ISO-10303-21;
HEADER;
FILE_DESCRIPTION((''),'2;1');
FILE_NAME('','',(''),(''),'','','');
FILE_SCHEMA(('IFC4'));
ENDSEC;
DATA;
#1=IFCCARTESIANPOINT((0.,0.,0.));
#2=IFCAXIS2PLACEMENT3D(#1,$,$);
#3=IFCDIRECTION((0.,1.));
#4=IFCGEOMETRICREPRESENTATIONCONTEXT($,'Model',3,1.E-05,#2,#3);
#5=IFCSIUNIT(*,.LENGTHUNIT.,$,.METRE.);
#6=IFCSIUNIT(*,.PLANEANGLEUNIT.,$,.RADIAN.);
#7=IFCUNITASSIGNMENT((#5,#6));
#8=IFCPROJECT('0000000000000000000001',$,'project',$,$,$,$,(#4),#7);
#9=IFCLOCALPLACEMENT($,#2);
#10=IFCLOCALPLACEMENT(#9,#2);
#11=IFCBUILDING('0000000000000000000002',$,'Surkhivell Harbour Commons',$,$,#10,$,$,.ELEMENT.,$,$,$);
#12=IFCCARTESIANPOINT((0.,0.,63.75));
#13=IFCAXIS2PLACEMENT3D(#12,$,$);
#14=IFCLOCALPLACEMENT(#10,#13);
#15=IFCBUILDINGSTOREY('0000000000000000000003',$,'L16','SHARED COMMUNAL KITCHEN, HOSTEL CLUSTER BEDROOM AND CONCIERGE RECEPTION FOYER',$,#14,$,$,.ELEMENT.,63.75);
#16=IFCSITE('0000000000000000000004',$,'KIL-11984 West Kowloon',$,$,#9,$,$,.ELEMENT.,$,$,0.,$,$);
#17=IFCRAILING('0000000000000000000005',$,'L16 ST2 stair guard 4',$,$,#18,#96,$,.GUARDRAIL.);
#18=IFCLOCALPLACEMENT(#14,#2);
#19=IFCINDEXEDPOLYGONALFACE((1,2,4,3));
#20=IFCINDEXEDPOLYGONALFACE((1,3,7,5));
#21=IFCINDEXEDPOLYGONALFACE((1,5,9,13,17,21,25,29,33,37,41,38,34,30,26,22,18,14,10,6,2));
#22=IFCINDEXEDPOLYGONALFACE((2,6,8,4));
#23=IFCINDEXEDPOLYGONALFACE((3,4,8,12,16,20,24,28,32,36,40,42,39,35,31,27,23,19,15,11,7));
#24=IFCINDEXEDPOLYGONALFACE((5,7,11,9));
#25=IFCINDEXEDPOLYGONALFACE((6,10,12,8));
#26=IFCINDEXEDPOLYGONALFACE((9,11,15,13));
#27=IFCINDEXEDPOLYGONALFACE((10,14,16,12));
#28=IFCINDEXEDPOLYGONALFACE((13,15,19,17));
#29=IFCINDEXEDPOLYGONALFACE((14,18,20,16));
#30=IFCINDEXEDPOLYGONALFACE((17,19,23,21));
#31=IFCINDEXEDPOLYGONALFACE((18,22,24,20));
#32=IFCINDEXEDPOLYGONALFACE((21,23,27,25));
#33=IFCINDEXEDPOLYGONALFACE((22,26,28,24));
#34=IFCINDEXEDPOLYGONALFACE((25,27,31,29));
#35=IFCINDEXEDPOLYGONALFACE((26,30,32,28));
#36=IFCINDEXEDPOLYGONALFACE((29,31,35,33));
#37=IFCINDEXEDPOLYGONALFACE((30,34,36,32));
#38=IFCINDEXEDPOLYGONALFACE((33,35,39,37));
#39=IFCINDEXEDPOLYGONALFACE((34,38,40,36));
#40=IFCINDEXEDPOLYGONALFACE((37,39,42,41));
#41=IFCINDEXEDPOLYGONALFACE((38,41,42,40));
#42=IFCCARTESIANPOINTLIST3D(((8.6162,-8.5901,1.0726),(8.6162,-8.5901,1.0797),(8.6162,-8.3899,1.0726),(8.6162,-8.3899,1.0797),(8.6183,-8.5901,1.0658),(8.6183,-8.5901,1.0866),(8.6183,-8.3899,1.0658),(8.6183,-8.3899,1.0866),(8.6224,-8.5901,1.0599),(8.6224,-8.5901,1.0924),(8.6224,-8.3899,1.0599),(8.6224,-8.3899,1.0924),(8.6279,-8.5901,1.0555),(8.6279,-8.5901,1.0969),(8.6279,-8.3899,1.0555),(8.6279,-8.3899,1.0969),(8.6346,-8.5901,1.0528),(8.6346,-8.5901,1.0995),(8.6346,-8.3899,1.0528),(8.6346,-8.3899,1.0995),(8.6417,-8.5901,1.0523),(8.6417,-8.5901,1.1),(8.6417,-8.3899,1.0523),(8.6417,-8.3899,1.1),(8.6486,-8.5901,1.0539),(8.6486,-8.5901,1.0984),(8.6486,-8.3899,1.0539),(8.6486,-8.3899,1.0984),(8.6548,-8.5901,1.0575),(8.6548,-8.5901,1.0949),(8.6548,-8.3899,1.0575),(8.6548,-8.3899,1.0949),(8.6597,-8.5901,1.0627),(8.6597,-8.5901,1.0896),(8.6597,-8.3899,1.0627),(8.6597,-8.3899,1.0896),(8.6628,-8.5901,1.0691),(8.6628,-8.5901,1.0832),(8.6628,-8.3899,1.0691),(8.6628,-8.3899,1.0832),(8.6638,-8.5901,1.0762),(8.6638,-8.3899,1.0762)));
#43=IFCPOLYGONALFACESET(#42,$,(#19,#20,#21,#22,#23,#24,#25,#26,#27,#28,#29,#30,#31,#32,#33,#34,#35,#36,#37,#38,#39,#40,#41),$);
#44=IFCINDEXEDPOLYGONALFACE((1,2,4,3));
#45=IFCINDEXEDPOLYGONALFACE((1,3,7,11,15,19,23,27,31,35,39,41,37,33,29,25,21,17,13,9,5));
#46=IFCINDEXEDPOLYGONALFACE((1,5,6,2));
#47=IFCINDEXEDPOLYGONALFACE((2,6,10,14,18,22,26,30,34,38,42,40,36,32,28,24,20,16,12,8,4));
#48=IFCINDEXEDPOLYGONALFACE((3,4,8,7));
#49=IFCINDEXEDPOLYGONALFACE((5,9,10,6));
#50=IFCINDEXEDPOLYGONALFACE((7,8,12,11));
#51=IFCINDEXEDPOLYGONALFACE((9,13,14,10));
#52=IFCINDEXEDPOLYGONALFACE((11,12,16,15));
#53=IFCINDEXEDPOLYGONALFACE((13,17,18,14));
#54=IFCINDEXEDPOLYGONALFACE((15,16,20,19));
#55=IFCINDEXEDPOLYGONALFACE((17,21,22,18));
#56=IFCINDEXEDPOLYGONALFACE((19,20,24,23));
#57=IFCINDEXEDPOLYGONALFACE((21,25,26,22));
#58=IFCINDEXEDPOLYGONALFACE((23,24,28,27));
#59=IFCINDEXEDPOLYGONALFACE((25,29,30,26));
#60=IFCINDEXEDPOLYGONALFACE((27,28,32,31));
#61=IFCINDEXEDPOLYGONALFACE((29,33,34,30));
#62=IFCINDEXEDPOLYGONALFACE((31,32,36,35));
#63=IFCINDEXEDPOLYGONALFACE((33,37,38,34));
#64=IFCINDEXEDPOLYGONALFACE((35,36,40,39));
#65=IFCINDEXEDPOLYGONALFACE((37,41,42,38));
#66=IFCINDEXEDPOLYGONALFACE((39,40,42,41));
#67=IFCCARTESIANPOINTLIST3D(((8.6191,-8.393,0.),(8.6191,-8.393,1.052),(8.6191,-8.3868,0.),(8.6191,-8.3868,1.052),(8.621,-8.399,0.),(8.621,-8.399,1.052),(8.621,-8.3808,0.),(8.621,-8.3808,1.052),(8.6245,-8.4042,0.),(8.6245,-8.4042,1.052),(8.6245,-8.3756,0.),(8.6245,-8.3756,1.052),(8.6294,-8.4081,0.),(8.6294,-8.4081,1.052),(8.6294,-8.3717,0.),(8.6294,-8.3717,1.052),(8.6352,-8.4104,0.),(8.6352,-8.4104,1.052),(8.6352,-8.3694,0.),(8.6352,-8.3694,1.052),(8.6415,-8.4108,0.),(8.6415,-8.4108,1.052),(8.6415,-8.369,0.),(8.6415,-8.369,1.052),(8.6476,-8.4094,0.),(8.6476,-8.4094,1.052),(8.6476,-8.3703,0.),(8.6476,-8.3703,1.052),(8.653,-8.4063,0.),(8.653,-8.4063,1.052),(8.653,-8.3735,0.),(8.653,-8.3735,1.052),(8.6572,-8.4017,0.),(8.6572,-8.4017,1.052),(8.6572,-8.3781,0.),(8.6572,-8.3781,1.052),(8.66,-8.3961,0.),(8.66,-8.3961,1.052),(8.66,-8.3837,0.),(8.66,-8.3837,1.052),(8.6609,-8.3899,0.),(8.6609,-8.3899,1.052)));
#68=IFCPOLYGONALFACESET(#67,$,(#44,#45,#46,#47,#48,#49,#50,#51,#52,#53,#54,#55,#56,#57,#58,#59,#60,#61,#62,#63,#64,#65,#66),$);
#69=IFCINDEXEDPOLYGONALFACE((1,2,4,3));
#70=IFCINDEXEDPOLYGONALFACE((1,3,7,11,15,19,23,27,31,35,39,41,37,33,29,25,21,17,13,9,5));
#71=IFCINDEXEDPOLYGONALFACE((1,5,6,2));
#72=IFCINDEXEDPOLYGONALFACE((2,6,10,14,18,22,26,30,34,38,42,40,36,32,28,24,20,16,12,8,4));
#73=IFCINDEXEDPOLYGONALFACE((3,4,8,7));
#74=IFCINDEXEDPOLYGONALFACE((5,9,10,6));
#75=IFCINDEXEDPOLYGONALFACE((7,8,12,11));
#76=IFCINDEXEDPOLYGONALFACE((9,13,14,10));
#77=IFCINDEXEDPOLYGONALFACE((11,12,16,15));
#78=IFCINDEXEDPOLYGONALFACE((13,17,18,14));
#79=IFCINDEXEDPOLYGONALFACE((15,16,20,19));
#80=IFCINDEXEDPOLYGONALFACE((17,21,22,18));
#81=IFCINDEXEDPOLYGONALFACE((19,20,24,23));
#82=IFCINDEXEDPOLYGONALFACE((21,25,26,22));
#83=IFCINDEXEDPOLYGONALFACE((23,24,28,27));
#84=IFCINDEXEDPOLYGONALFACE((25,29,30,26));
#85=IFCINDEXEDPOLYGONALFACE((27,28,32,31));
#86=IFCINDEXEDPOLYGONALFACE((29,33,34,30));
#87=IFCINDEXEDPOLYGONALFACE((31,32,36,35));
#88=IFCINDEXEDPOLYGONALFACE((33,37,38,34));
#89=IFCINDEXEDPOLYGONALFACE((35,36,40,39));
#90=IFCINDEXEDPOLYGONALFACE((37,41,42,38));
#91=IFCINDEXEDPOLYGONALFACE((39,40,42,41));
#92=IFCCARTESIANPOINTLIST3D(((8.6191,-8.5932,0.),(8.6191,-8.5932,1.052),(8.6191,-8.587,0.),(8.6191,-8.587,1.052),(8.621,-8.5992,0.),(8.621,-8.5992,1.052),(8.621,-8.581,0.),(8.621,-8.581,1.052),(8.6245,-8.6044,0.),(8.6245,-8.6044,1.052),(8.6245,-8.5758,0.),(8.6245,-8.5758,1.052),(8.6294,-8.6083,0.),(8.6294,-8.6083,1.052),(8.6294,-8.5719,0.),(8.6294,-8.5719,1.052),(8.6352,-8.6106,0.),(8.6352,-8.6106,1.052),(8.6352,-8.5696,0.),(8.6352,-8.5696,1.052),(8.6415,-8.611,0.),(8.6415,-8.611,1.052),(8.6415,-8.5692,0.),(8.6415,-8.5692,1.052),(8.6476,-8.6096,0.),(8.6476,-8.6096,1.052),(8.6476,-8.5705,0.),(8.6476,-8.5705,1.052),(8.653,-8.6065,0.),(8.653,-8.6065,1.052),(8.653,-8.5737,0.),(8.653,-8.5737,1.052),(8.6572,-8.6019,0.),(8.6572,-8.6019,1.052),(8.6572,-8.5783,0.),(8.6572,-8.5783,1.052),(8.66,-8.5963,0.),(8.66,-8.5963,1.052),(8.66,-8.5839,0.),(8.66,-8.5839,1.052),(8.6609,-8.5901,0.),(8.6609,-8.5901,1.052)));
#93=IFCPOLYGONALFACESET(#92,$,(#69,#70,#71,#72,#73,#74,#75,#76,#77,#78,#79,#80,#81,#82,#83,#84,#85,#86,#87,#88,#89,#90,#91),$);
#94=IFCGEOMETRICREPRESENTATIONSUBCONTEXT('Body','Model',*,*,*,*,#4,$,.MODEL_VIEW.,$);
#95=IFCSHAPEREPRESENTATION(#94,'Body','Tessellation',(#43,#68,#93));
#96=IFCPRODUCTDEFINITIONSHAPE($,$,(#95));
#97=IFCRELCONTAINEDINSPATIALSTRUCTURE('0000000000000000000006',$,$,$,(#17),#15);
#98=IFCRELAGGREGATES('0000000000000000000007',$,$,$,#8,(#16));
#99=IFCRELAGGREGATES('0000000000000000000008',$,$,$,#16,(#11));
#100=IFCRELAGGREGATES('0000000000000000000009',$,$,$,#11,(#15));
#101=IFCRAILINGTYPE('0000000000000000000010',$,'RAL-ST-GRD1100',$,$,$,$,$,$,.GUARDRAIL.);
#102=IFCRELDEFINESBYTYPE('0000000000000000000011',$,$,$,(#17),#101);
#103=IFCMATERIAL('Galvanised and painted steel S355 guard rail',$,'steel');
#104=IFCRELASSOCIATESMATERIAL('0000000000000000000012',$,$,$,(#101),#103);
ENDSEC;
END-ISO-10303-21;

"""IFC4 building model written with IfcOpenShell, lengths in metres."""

from ifc_helpers import new_model, si_unit, direction, frame, origin, origin_2d, place, context, subcontext, project, spatial, circle, extrude, material, type_object, element, save


model = new_model("IFC4")

# Units and contexts
model_context = context("Model", 3, precision=1e-05, world=origin(), true_north=direction((0.0, 1.0)))
body_context = subcontext(model_context, "Body", "Model", "MODEL_VIEW")
ifc_project = project(units=[si_unit("LENGTHUNIT", "METRE"), si_unit("PLANEANGLEUNIT", "RADIAN")], contexts=[model_context])

# Site, building, storey
site_placement = place(None, origin())
site = spatial("IfcSite", under=ifc_project, at=site_placement, Name="KIL-11984 West Kowloon", CompositionType="ELEMENT", RefElevation=0.0)
building_placement = place(site_placement, origin())
building = spatial("IfcBuilding", under=site, at=building_placement, Name="Surkhivell Harbour Commons", CompositionType="ELEMENT")
storey_placement = place(building_placement, frame((0.0, 0.0, 63.75)))
storey = spatial("IfcBuildingStorey", under=building, at=storey_placement, Name="L16", Description="SHARED COMMUNAL KITCHEN, HOSTEL CLUSTER BEDROOM AND CONCIERGE RECEPTION FOYER", CompositionType="ELEMENT", Elevation=63.75)

# Railing
ifc_material_1 = material(Name="Galvanised and painted steel S355 guard rail", Category="steel")
railing_type_1 = type_object("IfcRailingType", Name="RAL-ST-GRD1100", PredefinedType="GUARDRAIL", material=ifc_material_1)
railing_1_placement = place(storey_placement, frame((8.6399, -8.3899, 0.0)))
element("IfcRailing", 1, at=railing_1_placement, inside=storey, type_object=railing_type_1, Name="L16 ST2 stair guard 4", PredefinedType="GUARDRAIL", context=body_context, shape_type="SweptSolid", body=[
    extrude(circle(Radius=0.0239, at=origin_2d()), frame((0.0, 0.0, 1.0762), z_axis=(0.0, -1.0, 0.0), x_axis=(1.0, 0.0, 0.0)), (0.0, 0.0, 1.0), 0.2002),
    extrude(circle(Radius=0.021, at=origin_2d()), origin(), (0.0, 0.0, 1.0), 1.052),
    extrude(circle(Radius=0.021, at=origin_2d()), frame((0.0, -0.2002, 0.0)), (0.0, 0.0, 1.0), 1.052),
])

save(model, "model.ifc")
